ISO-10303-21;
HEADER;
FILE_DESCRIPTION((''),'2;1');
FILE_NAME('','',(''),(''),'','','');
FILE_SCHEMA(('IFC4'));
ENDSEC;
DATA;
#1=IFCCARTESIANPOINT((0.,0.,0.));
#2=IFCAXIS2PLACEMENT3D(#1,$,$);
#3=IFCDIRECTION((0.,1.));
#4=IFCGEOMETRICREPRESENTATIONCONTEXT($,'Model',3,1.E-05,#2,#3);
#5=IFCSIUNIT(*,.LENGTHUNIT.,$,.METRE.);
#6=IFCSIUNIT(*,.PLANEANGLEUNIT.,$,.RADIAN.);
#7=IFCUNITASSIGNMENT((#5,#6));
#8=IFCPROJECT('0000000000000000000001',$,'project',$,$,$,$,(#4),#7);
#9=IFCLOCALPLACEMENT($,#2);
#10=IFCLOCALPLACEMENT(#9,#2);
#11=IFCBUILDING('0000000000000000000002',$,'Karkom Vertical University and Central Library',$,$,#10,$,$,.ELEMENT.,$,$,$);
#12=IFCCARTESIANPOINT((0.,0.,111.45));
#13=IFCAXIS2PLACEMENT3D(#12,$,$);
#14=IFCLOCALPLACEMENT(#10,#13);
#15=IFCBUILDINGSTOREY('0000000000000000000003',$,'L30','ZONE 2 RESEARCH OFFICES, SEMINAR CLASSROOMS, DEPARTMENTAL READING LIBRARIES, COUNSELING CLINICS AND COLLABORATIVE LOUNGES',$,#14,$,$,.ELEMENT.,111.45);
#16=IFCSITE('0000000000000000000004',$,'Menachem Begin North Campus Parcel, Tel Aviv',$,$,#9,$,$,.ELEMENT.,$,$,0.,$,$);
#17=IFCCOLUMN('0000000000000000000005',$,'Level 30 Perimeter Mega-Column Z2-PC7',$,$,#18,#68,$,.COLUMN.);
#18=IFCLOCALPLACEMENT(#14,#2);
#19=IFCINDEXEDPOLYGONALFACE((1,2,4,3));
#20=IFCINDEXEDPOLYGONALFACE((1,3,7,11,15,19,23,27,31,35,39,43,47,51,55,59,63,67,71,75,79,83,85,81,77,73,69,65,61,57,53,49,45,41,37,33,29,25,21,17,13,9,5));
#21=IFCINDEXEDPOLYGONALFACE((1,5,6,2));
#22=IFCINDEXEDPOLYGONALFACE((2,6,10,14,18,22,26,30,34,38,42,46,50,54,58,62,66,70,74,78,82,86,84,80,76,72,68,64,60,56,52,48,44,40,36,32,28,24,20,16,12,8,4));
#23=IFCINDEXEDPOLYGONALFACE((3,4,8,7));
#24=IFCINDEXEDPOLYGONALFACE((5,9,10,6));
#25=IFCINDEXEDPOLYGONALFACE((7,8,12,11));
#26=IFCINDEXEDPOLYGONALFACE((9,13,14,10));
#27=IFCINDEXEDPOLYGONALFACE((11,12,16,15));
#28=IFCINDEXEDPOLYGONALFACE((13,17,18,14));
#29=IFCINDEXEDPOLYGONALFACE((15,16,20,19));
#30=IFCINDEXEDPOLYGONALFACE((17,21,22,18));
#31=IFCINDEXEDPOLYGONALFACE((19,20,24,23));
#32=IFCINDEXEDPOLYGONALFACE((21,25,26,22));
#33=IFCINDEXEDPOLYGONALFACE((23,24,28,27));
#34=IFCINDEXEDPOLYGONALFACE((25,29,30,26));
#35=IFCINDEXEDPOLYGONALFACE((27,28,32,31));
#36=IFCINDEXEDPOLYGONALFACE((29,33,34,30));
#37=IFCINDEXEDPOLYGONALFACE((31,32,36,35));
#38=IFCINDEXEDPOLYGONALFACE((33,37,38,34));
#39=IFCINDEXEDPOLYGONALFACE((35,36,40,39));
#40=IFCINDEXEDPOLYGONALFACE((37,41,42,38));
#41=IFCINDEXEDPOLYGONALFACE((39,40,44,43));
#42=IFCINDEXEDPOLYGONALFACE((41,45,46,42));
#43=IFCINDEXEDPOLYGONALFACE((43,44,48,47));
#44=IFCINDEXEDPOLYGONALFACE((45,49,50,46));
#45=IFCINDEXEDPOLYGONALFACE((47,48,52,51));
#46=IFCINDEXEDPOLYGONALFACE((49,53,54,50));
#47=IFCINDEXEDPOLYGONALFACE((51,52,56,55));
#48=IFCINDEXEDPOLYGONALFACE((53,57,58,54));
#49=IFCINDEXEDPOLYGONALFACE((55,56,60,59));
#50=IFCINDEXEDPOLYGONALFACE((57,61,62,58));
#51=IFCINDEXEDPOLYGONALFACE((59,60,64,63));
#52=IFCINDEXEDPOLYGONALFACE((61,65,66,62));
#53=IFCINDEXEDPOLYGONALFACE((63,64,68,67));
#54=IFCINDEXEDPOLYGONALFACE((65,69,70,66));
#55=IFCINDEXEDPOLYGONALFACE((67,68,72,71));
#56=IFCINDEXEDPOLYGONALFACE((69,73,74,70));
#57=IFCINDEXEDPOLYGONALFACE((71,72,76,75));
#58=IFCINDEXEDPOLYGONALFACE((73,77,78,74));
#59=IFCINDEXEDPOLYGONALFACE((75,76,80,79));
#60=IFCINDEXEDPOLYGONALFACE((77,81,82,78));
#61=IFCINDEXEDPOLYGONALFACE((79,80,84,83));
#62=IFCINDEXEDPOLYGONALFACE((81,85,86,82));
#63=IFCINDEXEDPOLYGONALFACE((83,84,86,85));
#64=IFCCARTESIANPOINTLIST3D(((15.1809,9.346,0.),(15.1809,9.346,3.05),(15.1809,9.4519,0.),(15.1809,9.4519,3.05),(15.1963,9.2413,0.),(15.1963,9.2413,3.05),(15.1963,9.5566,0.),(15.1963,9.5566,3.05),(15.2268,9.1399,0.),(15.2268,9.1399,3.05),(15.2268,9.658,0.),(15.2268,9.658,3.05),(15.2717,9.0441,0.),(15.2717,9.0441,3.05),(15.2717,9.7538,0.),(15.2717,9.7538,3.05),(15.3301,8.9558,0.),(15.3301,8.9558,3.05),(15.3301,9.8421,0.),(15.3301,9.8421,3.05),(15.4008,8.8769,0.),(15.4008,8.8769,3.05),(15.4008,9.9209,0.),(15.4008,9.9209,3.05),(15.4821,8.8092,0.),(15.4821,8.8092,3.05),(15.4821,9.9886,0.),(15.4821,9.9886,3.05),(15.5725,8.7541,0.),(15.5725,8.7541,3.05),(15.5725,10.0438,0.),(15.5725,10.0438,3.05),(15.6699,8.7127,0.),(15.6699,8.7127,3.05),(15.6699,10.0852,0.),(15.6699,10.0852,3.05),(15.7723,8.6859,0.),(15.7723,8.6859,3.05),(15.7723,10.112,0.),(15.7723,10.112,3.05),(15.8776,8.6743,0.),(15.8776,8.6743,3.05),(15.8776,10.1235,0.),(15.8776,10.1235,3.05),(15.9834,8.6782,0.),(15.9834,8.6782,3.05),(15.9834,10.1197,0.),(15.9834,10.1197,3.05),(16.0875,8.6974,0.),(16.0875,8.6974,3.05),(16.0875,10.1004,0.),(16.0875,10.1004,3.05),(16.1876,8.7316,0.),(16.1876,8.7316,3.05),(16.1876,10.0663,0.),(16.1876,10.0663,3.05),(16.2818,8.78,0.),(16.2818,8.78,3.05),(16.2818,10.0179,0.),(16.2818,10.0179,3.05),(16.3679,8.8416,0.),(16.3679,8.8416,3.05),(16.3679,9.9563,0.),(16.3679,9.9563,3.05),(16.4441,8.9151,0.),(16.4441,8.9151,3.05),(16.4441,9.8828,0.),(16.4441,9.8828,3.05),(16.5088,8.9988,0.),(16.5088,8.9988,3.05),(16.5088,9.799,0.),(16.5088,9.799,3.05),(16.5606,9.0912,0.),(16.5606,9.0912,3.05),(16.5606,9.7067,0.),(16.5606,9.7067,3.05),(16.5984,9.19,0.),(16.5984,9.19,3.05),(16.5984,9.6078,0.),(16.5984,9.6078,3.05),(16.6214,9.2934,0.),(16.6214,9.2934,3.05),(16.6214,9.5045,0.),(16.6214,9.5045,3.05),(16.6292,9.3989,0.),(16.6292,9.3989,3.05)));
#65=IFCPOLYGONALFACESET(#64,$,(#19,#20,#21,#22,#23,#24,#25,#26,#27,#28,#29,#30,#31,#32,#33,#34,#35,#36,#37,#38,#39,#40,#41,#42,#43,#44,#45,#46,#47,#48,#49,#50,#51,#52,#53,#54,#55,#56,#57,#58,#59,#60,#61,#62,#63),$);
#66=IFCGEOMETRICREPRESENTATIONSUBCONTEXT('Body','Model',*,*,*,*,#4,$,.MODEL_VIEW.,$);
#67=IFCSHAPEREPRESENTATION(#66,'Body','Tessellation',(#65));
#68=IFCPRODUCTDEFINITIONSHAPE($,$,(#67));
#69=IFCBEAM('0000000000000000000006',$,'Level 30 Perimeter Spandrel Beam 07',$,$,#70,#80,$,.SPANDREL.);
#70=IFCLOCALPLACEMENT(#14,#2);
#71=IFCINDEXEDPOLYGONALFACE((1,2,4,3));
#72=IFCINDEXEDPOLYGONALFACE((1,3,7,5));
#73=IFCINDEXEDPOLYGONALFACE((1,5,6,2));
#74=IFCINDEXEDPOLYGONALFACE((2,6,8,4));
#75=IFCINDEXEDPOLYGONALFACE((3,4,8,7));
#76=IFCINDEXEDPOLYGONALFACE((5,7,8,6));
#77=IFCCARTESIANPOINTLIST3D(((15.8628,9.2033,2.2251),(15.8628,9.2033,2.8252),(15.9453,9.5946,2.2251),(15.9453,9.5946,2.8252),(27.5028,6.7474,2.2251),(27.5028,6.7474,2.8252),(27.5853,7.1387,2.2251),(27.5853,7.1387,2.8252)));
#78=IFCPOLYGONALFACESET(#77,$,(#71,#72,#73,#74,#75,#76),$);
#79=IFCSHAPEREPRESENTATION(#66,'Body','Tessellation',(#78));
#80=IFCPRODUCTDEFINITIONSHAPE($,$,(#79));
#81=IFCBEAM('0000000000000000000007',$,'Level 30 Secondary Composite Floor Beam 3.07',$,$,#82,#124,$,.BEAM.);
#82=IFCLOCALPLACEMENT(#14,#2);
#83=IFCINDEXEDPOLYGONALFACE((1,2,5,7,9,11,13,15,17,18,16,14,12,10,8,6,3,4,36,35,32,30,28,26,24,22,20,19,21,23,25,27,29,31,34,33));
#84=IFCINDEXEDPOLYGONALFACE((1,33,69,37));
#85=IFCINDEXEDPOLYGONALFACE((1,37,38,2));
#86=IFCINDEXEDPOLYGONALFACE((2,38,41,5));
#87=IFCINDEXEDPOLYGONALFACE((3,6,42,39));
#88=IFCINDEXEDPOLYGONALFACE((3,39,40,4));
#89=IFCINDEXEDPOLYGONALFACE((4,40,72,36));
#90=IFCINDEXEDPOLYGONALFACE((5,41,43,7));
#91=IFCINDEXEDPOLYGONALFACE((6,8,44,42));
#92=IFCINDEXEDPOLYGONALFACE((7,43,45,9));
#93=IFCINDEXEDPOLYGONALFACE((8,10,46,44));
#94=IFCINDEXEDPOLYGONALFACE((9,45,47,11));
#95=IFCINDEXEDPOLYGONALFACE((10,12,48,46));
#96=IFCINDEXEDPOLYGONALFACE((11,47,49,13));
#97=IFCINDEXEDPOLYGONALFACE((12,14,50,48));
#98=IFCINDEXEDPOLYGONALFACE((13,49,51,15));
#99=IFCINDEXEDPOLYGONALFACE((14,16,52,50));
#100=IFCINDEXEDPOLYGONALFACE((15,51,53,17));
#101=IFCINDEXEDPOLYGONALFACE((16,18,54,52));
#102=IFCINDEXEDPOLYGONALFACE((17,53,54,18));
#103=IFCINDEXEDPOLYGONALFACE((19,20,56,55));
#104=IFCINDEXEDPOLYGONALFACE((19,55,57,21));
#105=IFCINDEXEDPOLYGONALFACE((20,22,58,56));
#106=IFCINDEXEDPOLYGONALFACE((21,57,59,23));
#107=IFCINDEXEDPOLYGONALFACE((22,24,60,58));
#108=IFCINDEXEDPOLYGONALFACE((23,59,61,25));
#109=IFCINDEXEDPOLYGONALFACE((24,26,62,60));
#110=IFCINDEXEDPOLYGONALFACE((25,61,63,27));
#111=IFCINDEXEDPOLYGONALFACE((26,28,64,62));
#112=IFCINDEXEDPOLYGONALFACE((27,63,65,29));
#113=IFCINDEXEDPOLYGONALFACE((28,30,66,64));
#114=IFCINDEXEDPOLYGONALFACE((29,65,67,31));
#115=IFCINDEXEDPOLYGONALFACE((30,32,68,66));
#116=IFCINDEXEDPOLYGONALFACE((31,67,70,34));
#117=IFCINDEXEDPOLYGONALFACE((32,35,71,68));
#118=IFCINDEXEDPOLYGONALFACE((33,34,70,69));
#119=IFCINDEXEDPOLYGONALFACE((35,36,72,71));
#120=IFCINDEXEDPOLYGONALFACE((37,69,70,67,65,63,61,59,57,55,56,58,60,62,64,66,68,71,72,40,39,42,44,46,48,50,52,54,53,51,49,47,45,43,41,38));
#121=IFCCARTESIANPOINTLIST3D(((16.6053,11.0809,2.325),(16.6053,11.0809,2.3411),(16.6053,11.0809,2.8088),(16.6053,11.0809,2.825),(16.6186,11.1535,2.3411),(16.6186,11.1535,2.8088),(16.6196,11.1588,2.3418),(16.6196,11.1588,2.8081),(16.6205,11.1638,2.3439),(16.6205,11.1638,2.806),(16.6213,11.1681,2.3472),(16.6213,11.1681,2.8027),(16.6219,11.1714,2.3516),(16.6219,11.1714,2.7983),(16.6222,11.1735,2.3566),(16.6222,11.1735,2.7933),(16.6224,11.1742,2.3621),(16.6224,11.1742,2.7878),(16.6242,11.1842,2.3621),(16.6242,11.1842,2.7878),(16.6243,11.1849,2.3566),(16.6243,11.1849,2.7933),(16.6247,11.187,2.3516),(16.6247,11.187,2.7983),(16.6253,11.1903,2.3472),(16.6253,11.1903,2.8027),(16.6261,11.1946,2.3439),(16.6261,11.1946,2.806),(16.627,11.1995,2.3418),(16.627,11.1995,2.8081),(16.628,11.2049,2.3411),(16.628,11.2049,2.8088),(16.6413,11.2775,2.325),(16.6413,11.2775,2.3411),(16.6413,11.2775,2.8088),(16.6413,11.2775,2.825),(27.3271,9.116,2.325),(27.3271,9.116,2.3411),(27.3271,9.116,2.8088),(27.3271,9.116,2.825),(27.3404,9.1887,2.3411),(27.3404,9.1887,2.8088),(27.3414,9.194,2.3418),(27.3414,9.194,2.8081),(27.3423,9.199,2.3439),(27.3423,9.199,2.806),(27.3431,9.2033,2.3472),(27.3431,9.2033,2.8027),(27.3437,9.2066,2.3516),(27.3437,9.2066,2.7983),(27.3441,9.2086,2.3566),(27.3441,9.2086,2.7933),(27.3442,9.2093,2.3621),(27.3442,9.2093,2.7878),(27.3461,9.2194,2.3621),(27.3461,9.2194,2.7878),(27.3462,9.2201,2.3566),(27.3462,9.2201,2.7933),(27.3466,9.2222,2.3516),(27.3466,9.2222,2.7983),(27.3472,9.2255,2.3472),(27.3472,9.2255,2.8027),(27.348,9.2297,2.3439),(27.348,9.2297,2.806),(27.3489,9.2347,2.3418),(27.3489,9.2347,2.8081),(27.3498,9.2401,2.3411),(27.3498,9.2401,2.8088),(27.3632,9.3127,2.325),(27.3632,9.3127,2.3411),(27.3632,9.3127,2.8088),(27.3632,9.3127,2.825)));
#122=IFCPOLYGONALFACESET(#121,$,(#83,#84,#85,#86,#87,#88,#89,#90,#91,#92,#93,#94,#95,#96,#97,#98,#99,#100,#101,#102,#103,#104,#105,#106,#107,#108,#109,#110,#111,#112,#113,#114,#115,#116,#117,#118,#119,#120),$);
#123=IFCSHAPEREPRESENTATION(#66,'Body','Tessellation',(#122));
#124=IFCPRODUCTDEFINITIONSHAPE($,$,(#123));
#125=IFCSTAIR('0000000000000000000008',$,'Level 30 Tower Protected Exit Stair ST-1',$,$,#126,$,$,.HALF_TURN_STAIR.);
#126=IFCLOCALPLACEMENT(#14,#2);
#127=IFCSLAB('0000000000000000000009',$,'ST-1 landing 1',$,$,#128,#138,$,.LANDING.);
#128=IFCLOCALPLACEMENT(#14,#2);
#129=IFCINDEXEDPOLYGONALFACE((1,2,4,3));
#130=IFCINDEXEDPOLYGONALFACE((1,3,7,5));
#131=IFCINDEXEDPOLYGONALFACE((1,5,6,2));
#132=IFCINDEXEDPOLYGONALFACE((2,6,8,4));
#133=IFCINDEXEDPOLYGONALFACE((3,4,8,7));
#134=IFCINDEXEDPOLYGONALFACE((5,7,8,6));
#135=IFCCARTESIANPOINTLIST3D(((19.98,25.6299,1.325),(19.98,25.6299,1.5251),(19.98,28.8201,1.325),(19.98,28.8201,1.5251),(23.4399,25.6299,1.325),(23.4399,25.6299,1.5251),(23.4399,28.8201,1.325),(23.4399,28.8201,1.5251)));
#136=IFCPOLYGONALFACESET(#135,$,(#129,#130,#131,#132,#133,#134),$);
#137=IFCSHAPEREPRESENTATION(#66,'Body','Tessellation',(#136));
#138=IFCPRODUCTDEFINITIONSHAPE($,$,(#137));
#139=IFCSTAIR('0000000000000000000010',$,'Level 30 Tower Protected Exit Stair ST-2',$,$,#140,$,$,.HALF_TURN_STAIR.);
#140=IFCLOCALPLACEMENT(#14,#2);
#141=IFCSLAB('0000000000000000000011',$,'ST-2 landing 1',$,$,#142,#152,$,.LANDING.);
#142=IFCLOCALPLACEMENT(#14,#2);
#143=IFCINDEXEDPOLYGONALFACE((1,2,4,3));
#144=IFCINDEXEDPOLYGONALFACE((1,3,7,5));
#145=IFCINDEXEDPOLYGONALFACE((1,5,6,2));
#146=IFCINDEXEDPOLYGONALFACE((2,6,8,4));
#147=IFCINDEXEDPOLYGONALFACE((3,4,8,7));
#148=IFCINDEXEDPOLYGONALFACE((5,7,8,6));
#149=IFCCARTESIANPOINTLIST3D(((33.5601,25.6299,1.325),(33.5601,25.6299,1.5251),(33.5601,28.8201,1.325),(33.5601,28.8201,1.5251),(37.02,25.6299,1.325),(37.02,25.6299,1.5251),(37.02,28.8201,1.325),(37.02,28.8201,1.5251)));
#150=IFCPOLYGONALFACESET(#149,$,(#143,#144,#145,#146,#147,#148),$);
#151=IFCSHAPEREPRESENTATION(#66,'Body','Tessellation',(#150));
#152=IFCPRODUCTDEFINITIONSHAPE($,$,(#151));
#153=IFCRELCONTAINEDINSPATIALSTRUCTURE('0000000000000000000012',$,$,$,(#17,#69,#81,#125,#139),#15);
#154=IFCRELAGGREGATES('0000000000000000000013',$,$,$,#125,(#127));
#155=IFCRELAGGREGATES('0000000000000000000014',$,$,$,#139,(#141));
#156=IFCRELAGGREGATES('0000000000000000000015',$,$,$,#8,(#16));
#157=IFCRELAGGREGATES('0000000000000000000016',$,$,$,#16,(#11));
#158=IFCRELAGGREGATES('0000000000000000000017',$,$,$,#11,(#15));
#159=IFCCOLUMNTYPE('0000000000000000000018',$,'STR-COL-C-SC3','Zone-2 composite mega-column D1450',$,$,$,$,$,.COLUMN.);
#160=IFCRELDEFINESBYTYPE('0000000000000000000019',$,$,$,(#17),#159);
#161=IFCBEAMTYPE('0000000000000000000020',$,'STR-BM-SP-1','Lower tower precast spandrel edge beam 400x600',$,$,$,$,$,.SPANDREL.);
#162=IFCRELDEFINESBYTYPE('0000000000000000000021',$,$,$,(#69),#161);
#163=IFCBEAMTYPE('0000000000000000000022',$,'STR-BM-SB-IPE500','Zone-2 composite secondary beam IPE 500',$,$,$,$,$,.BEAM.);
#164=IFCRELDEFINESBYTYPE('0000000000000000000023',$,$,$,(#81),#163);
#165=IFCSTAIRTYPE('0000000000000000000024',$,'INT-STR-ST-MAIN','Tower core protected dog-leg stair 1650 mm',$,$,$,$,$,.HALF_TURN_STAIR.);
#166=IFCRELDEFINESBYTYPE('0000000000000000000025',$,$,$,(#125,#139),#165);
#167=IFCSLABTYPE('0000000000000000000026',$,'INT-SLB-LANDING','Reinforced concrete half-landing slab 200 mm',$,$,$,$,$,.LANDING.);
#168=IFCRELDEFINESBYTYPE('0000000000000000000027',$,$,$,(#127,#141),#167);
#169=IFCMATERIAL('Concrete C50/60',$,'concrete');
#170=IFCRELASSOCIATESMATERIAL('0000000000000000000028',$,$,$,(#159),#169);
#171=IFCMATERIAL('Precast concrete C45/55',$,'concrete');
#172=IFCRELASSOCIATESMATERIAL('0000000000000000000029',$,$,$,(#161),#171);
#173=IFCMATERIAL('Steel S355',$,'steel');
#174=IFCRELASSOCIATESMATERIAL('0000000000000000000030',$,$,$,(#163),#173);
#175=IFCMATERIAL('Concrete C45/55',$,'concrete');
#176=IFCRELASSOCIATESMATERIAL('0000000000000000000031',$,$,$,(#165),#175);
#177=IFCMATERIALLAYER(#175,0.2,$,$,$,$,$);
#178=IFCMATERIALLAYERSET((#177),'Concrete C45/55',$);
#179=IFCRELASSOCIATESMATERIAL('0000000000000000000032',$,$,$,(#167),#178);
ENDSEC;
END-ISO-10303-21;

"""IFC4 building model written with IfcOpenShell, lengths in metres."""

from ifc_helpers import new_model, si_unit, direction, frame, origin, origin_with_axes, origin_2d, place, context, subcontext, project, spatial, polyline, rectangle, circle, i_section, outline, extrude, source, transform, mapped, material, layer, layer_set, material_profile, profile_set, type_object, element, aggregate, save


model = new_model("IFC4")

# Units and contexts
model_context = context("Model", 3, precision=1e-05, world=origin(), true_north=direction((0.0, 1.0)))
body_context = subcontext(model_context, "Body", "Model", "MODEL_VIEW")
ifc_project = project(units=[si_unit("LENGTHUNIT", "METRE"), si_unit("PLANEANGLEUNIT", "RADIAN")], contexts=[model_context])

# Site, building, storey
site_placement = place(None, origin())
site = spatial("IfcSite", under=ifc_project, at=site_placement, Name="Menachem Begin North Campus Parcel, Tel Aviv", CompositionType="ELEMENT", RefElevation=0.0)
building_placement = place(site_placement, origin())
building = spatial("IfcBuilding", under=site, at=building_placement, Name="Karkom Vertical University and Central Library", CompositionType="ELEMENT")
storey_placement = place(building_placement, frame((0.0, 0.0, 111.45)))
storey = spatial("IfcBuildingStorey", under=building, at=storey_placement, Name="L30", Description="ZONE 2 RESEARCH OFFICES, SEMINAR CLASSROOMS, DEPARTMENTAL READING LIBRARIES, COUNSELING CLINICS AND COLLABORATIVE LOUNGES", CompositionType="ELEMENT", Elevation=111.45)

# Column
ifc_material_1 = material(Name="Concrete C50/60", Category="concrete")
ifc_material_profile_1 = material_profile(ifc_material_1, circle(Radius=0.7251, at=origin_2d()), Name="CFT-D1450")
ifc_profile_set_1 = profile_set([ifc_material_profile_1], Name="Concrete C50/60")
column_type = type_object("IfcColumnType", Name="STR-COL-C-SC3", Description="Zone-2 composite mega-column D1450", PredefinedType="COLUMN", material=ifc_profile_set_1)
shared_shape_1 = source(origin_with_axes(), body_context, "Body", "SweptSolid", [
    extrude(circle(Radius=0.7251, at=origin_2d()), origin(), (0.0, 0.0, 1.0), 3.05),
])
column_placement = place(storey_placement, frame((15.9041, 9.3989, 0.0), z_axis=(0.0, 0.0, 1.0), x_axis=(1.0, 0.0, 0.0)))
element("IfcColumn", 1, at=column_placement, inside=storey, type_object=column_type, Name="Level 30 Perimeter Mega-Column Z2-PC7", PredefinedType="COLUMN", context=body_context, shape_type="MappedRepresentation", body=[
    mapped(shared_shape_1, transform((0.0, 0.0, 0.0), scale=1.0)),
])

# Beams
ifc_material_2 = material(Name="Precast concrete C45/55", Category="concrete")
ifc_material_profile_2 = material_profile(ifc_material_2, rectangle(XDim=0.3999, YDim=0.6001, at=origin_2d()), Name="SPB-400x600")
ifc_profile_set_2 = profile_set([ifc_material_profile_2], Name="Precast concrete C45/55")
beam_type_1 = type_object("IfcBeamType", Name="STR-BM-SP-1", Description="Lower tower precast spandrel edge beam 400x600", PredefinedType="SPANDREL", material=ifc_profile_set_2)
shared_shape_2 = source(origin_with_axes(), body_context, "Body", "SweptSolid", [
    extrude(rectangle(XDim=0.3999, YDim=0.6001, at=origin_2d()), origin(), (0.0, 0.0, 1.0), 11.8962),
])
beam_1_placement = place(storey_placement, frame((15.9041, 9.3989, 2.5251), z_axis=(0.97846, -0.206438, 0.0), x_axis=(0.206438, 0.97846, 0.0)))
element("IfcBeam", 2, at=beam_1_placement, inside=storey, type_object=beam_type_1, Name="Level 30 Perimeter Spandrel Beam 07", PredefinedType="SPANDREL", context=body_context, shape_type="MappedRepresentation", body=[
    mapped(shared_shape_2, transform((0.0, 0.0, 0.0), scale=1.0)),
])
ifc_material_3 = material(Name="Steel S355", Category="steel")
ifc_material_profile_3 = material_profile(ifc_material_3, i_section(OverallWidth=0.2, OverallDepth=0.5, WebThickness=0.0103, FlangeThickness=0.0161, FilletRadius=0.021, at=origin_2d()), Name="IPE 500")
ifc_profile_set_3 = profile_set([ifc_material_profile_3], Name="Steel S355")
beam_type_2 = type_object("IfcBeamType", Name="STR-BM-SB-IPE500", Description="Zone-2 composite secondary beam IPE 500", PredefinedType="BEAM", material=ifc_profile_set_3)
shared_shape_3 = source(origin_with_axes(), body_context, "Body", "SweptSolid", [
    extrude(i_section(OverallWidth=0.2, OverallDepth=0.5, WebThickness=0.0103, FlangeThickness=0.0161, FilletRadius=0.021, at=origin_2d()), origin(), (0.0, 0.0, 1.0), 10.9004),
])
beam_2_placement = place(storey_placement, frame((16.6233, 11.1792, 2.575), z_axis=(0.98362, -0.180253, 0.0), x_axis=(0.180253, 0.98362, 0.0)))
element("IfcBeam", 3, at=beam_2_placement, inside=storey, type_object=beam_type_2, Name="Level 30 Secondary Composite Floor Beam 3.07", PredefinedType="BEAM", context=body_context, shape_type="MappedRepresentation", body=[
    mapped(shared_shape_3, transform((0.0, 0.0, 0.0), scale=1.0)),
])

# Stairs, slabs
ifc_material_4 = material(Name="Concrete C45/55", Category="concrete")
stair_type = type_object("IfcStairType", Name="INT-STR-ST-MAIN", Description="Tower core protected dog-leg stair 1650 mm", PredefinedType="HALF_TURN_STAIR", material=ifc_material_4)
stair_1_placement = place(storey_placement, origin())
stair_1 = element("IfcStair", 4, at=stair_1_placement, inside=storey, type_object=stair_type, Name="Level 30 Tower Protected Exit Stair ST-1", PredefinedType="HALF_TURN_STAIR")
ifc_layer_1 = layer(ifc_material_4, 0.2)
ifc_layer_set_1 = layer_set([ifc_layer_1], Name="Concrete C45/55")
slab_type_1 = type_object("IfcSlabType", Name="INT-SLB-LANDING", Description="Reinforced concrete half-landing slab 200 mm", PredefinedType="LANDING", material=ifc_layer_set_1)
slab_1_placement = place(storey_placement, frame((0.0, 0.0, 1.325)))
slab_1 = element("IfcSlab", 5, at=slab_1_placement, type_object=slab_type_1, Name="ST-1 landing 1", PredefinedType="LANDING", context=body_context, shape_type="SweptSolid", body=[
    extrude(outline(polyline([(23.4399, 25.6299), (23.4399, 28.8201), (19.98, 28.8201), (19.98, 25.6299), (23.4399, 25.6299)])), origin(), (0.0, 0.0, 1.0), 0.2002),
])
aggregate(stair_1, [slab_1])
stair_2_placement = place(storey_placement, origin())
stair_2 = element("IfcStair", 6, at=stair_2_placement, inside=storey, type_object=stair_type, Name="Level 30 Tower Protected Exit Stair ST-2", PredefinedType="HALF_TURN_STAIR")
slab_2_placement = place(storey_placement, frame((0.0, 0.0, 1.325)))
slab_2 = element("IfcSlab", 7, at=slab_2_placement, type_object=slab_type_1, Name="ST-2 landing 1", PredefinedType="LANDING", context=body_context, shape_type="SweptSolid", body=[
    extrude(outline(polyline([(37.02, 25.6299), (37.02, 28.8201), (33.5601, 28.8201), (33.5601, 25.6299), (37.02, 25.6299)])), origin(), (0.0, 0.0, 1.0), 0.2002),
])
aggregate(stair_2, [slab_2])

save(model, "model.ifc")
